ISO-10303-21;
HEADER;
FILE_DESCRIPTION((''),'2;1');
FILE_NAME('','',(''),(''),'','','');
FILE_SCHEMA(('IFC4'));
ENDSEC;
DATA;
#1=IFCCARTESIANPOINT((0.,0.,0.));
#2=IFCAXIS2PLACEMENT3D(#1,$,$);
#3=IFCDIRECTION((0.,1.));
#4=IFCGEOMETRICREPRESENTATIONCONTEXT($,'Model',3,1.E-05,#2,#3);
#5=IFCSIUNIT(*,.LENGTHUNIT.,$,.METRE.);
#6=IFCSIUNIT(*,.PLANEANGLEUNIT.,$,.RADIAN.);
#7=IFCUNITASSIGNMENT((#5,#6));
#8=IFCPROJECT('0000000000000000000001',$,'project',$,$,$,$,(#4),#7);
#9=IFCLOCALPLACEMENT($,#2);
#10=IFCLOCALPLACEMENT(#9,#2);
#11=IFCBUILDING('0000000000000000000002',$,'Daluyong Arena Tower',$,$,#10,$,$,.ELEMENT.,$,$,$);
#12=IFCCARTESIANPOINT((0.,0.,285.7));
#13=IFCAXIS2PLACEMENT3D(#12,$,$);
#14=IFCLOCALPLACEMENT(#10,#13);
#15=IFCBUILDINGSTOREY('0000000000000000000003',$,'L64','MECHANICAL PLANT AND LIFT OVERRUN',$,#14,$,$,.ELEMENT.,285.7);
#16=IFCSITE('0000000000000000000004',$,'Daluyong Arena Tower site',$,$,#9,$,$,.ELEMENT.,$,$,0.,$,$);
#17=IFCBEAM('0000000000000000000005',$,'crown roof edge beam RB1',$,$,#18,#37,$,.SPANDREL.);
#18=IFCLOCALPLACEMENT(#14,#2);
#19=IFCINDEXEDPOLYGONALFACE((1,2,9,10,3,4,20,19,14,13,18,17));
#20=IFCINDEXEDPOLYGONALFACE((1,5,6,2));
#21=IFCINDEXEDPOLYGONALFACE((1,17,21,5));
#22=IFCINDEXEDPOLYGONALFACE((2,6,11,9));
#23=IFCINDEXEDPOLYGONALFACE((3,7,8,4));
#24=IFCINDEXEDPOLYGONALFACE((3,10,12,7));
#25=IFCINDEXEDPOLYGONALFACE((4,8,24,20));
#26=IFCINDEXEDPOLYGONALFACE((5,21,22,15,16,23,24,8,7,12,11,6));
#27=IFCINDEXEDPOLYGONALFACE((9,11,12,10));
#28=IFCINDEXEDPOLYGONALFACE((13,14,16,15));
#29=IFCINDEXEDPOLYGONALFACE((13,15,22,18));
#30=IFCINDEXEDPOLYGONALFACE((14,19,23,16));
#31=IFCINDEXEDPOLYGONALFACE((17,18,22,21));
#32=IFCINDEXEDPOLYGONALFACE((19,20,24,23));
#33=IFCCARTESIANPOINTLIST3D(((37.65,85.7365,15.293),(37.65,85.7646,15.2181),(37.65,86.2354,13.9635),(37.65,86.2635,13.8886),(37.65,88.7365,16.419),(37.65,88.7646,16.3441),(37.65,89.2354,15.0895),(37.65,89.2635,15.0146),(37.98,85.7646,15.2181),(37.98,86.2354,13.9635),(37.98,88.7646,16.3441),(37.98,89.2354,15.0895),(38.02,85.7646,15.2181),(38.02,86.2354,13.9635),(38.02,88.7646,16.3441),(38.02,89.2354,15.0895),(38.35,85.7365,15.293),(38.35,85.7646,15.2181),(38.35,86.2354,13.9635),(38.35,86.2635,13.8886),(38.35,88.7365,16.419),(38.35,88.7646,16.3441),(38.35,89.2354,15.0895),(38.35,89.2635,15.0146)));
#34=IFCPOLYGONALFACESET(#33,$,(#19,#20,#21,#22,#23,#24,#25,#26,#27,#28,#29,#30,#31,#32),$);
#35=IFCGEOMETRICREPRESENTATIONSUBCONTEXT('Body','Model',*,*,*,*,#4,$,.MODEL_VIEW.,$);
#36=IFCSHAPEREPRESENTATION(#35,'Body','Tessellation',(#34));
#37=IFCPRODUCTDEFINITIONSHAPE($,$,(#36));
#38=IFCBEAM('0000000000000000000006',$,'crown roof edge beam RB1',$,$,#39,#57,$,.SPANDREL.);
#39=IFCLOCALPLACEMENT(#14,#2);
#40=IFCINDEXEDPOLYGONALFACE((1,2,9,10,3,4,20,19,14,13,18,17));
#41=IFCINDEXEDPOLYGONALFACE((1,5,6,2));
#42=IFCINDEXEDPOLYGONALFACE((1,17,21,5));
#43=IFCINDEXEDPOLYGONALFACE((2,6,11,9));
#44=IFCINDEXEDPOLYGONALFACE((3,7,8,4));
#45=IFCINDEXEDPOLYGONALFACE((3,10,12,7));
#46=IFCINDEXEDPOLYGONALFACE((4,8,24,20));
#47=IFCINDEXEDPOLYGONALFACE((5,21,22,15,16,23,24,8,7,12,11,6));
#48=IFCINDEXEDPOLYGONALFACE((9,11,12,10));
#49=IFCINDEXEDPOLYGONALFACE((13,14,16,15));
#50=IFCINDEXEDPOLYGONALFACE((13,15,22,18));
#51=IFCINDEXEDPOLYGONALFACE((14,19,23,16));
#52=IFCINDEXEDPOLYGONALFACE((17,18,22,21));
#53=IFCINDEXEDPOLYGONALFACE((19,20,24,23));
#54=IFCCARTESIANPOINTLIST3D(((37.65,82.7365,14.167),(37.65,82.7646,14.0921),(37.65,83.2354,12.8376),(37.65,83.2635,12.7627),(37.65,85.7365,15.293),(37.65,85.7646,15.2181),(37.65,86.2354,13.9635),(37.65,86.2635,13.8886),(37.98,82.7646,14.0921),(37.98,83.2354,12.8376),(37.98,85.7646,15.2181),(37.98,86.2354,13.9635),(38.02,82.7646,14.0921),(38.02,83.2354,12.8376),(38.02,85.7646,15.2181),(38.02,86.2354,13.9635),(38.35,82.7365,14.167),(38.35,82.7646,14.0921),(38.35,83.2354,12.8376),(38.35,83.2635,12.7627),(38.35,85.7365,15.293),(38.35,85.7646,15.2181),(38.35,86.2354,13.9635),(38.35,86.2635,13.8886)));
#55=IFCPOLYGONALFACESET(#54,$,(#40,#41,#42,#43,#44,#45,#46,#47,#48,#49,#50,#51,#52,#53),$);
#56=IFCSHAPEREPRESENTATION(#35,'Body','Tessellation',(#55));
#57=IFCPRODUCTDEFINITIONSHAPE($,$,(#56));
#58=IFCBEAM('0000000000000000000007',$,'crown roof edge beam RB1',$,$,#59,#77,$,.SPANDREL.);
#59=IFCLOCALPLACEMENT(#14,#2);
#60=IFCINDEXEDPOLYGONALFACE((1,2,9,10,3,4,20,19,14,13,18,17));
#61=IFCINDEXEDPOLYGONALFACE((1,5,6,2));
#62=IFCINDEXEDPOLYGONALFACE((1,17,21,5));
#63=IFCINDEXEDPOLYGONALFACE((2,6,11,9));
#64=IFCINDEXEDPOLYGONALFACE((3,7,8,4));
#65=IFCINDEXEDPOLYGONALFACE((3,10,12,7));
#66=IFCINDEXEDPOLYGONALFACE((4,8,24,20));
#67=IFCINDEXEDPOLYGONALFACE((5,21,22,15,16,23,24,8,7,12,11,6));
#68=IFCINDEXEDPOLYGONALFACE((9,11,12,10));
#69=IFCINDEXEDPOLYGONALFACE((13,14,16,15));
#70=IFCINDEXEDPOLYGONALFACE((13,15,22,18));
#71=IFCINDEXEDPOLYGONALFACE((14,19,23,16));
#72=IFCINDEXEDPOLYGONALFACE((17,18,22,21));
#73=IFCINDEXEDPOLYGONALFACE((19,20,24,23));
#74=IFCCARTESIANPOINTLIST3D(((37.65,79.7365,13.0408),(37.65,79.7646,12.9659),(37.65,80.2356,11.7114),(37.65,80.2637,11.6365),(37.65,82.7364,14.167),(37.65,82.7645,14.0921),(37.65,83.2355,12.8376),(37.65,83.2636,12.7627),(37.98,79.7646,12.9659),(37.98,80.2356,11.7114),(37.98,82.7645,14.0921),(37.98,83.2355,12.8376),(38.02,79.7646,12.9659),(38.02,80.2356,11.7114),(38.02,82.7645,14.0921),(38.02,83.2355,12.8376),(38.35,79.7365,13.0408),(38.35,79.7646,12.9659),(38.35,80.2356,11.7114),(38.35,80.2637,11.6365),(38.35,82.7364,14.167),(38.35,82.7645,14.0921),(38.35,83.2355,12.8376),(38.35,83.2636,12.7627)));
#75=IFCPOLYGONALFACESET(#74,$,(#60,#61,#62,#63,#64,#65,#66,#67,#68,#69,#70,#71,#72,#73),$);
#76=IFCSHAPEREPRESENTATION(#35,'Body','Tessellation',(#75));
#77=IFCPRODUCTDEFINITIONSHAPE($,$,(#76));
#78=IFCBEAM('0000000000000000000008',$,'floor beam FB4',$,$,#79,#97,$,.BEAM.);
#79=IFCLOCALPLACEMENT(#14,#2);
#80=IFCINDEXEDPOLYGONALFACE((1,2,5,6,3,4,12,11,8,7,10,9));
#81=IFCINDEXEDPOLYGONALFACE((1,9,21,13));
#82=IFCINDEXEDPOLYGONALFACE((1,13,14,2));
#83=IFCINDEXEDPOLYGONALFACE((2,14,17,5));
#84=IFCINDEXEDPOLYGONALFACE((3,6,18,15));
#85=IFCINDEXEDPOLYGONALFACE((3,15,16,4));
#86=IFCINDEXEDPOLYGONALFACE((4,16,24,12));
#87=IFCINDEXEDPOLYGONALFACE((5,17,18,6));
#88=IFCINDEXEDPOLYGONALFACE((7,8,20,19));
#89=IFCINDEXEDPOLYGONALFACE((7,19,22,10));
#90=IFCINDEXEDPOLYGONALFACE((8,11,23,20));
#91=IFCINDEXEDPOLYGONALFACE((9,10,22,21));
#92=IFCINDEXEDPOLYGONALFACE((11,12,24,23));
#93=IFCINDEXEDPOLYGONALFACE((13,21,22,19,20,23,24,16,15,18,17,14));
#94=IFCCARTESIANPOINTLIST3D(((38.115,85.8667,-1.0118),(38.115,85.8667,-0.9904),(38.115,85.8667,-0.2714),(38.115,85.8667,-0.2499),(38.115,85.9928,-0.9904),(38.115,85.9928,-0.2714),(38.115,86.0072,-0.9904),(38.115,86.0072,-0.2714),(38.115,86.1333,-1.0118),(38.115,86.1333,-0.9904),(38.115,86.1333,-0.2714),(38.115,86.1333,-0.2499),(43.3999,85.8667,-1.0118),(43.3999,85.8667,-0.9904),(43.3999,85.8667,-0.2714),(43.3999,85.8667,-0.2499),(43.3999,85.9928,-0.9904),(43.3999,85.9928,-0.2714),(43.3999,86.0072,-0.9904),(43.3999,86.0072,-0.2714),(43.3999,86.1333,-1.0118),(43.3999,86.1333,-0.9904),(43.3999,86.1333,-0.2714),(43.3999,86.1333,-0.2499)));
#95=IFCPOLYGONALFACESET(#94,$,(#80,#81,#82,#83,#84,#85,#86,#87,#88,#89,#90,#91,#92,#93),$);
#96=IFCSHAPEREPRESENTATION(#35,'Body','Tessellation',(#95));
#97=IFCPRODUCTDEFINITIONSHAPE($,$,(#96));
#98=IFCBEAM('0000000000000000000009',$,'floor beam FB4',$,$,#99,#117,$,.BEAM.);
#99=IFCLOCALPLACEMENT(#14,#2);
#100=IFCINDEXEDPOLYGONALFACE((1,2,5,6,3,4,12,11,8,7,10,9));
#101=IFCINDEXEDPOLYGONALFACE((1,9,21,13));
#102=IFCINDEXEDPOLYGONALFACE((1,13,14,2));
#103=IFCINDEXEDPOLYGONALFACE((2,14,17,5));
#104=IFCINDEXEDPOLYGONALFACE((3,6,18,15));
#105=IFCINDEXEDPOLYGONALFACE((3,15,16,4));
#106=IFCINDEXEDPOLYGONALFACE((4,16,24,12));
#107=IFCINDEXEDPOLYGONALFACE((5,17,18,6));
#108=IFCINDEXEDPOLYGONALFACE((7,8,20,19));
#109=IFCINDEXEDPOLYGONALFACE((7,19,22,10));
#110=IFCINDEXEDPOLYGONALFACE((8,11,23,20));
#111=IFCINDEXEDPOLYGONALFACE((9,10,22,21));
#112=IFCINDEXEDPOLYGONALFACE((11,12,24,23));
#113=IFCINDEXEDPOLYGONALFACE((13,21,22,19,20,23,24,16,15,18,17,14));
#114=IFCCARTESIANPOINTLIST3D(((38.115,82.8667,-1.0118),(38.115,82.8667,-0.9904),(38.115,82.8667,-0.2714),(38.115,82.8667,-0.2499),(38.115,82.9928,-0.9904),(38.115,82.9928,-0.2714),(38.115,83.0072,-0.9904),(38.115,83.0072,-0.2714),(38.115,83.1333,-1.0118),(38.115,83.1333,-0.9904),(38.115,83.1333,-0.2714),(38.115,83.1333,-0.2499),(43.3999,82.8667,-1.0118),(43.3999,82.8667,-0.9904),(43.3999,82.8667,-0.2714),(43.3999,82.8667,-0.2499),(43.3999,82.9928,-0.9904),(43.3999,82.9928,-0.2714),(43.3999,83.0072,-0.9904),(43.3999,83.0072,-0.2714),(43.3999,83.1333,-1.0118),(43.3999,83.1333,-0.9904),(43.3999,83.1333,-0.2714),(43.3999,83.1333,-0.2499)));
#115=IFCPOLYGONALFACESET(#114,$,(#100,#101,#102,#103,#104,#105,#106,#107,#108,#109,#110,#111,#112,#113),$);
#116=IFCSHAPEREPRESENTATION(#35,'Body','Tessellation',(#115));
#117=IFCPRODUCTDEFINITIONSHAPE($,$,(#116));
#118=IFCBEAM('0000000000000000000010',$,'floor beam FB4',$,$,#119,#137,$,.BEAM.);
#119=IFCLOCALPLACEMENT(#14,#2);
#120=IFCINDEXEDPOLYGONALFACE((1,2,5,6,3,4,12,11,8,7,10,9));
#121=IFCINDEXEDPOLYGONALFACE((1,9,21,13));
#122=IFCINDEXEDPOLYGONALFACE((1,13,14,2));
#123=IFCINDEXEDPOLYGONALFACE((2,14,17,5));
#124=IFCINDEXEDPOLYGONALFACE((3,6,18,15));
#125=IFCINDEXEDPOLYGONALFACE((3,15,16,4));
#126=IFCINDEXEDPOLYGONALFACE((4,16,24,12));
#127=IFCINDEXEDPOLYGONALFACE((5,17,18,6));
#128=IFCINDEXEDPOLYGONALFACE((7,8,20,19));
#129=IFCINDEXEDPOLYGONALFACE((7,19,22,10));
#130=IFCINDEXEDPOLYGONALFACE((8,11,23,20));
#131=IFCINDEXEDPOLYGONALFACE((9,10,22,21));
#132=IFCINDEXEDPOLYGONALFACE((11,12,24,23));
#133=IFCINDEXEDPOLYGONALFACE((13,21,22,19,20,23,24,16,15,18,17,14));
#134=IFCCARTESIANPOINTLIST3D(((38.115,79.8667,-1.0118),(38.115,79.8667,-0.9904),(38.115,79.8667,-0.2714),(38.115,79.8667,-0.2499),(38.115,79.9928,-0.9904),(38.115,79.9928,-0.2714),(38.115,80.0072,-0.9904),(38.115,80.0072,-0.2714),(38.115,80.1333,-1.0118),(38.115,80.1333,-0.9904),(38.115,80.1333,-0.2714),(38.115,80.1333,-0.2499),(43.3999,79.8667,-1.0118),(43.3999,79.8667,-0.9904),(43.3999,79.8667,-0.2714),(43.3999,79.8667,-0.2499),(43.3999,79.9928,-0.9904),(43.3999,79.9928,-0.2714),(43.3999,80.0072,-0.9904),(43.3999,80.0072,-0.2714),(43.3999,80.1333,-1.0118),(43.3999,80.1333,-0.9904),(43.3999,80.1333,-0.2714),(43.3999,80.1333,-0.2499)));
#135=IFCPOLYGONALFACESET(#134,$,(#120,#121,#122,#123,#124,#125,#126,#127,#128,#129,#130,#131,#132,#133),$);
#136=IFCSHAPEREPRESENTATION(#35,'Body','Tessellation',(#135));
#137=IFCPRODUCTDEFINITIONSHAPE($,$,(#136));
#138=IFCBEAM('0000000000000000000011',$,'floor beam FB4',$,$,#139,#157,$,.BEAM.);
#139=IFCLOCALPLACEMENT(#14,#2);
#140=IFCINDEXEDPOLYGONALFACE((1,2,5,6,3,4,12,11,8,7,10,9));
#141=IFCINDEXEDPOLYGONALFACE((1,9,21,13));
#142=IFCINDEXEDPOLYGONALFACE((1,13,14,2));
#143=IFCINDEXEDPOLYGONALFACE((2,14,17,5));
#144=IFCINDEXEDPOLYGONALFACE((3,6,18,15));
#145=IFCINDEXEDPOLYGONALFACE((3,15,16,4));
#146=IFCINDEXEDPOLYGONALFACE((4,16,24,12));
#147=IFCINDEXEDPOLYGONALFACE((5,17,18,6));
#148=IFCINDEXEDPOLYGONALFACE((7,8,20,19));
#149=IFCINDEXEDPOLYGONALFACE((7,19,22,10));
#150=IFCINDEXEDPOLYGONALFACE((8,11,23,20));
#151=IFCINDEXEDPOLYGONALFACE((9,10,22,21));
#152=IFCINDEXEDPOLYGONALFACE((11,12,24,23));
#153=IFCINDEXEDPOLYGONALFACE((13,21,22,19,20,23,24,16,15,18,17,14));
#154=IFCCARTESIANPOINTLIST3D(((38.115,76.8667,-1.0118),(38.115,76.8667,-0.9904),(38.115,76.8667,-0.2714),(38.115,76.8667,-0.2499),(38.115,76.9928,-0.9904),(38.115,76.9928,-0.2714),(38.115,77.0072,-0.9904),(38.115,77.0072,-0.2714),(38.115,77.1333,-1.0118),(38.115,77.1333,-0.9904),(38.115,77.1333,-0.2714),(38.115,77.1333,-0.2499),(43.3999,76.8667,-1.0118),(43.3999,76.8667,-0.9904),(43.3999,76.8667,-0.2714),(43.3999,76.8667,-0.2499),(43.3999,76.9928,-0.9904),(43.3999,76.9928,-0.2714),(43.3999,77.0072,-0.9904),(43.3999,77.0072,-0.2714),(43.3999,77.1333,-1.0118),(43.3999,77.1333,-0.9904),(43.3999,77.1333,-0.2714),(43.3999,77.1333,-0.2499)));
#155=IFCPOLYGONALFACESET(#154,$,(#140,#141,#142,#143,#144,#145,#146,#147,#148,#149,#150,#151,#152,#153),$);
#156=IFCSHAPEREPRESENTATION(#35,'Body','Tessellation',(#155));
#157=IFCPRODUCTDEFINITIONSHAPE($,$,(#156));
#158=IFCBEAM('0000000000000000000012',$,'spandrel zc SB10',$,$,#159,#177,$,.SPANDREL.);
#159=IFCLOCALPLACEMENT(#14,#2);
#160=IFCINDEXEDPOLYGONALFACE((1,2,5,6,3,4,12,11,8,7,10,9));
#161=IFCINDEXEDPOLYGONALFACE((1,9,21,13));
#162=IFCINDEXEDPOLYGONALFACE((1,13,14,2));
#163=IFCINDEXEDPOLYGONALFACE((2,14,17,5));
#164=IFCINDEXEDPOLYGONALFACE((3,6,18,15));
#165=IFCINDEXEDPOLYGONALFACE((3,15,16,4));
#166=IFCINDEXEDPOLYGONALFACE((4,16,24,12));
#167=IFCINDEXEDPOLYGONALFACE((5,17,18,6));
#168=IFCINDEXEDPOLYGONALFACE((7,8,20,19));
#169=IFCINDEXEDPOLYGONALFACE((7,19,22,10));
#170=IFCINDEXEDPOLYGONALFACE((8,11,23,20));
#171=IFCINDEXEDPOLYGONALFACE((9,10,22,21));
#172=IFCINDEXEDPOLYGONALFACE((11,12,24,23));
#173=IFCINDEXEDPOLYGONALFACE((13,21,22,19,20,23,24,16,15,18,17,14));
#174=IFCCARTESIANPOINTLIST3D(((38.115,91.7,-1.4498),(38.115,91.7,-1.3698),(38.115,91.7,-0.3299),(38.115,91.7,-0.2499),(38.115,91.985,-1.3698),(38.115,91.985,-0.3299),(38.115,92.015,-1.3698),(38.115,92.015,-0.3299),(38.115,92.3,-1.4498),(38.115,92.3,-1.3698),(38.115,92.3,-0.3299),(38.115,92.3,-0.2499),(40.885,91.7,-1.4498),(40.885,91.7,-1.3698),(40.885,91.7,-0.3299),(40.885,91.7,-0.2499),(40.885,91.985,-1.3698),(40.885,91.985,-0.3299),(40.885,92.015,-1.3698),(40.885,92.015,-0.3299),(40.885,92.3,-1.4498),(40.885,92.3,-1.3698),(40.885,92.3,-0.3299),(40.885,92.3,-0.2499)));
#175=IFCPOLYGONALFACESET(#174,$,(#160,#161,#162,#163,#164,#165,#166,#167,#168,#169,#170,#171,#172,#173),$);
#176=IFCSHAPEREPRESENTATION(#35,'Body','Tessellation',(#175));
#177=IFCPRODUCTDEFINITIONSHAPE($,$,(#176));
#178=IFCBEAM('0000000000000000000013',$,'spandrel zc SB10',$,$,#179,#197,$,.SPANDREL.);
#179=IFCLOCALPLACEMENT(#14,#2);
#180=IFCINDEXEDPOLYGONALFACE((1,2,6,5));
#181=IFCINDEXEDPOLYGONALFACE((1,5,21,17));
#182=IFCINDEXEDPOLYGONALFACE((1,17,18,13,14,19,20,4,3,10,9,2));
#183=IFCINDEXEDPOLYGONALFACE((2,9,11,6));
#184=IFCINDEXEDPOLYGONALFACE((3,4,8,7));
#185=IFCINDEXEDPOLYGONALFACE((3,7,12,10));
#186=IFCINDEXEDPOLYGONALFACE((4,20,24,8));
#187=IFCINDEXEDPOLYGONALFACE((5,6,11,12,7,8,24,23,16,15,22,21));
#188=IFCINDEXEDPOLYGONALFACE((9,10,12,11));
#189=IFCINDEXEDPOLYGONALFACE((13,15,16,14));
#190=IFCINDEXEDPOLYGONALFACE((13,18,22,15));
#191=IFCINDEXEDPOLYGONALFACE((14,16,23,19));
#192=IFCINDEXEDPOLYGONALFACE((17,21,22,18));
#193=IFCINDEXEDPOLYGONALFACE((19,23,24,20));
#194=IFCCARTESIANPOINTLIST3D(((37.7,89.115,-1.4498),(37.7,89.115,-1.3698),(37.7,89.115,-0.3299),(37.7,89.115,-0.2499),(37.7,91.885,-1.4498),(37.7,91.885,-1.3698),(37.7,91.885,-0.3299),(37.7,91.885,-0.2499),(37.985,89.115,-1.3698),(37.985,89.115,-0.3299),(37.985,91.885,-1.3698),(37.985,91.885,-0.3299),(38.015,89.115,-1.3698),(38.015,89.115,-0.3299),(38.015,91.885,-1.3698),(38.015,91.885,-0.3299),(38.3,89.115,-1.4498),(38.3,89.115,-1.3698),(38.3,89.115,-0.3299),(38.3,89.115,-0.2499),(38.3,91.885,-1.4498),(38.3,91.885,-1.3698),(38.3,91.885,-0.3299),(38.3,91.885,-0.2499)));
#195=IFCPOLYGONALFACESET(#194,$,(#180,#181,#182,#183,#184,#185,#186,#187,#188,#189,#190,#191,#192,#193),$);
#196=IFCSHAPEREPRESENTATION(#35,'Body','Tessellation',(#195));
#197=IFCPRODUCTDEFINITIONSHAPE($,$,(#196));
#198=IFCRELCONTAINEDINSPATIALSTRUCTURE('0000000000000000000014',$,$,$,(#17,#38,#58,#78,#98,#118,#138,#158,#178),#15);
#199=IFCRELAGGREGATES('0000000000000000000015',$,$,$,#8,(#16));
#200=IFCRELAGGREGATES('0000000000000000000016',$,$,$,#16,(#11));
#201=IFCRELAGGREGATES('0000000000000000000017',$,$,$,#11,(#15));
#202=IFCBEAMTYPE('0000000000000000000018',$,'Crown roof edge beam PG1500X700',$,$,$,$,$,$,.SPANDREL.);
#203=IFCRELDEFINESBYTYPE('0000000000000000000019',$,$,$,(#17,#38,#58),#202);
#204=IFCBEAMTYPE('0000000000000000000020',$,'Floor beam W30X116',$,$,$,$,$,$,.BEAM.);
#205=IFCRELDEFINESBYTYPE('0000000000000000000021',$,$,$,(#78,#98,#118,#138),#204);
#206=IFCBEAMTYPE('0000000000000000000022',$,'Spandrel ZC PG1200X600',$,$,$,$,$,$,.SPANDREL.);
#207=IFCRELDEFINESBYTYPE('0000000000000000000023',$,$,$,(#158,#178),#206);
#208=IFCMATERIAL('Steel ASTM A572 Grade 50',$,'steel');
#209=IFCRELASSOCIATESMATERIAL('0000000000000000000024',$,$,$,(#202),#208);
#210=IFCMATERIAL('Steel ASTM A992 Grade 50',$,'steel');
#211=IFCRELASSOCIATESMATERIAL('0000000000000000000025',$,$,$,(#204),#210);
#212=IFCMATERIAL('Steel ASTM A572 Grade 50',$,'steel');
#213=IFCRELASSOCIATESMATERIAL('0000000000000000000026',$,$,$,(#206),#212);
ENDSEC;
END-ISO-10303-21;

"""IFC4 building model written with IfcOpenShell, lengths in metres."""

from ifc_helpers import new_model, si_unit, direction, frame, origin, origin_2d, place, context, subcontext, project, spatial, i_section, extrude, material, material_profile, profile_set, type_object, element, save


model = new_model("IFC4")

# Units and contexts
model_context = context("Model", 3, precision=1e-05, world=origin(), true_north=direction((0.0, 1.0)))
body_context = subcontext(model_context, "Body", "Model", "MODEL_VIEW")
ifc_project = project(units=[si_unit("LENGTHUNIT", "METRE"), si_unit("PLANEANGLEUNIT", "RADIAN")], contexts=[model_context])

# Site, building, storey
site_placement = place(None, origin())
site = spatial("IfcSite", under=ifc_project, at=site_placement, Name="Daluyong Arena Tower site", CompositionType="ELEMENT", RefElevation=0.0)
building_placement = place(site_placement, origin())
building = spatial("IfcBuilding", under=site, at=building_placement, Name="Daluyong Arena Tower", CompositionType="ELEMENT")
storey_placement = place(building_placement, frame((0.0, 0.0, 285.7)))
storey = spatial("IfcBuildingStorey", under=building, at=storey_placement, Name="L64", Description="MECHANICAL PLANT AND LIFT OVERRUN", CompositionType="ELEMENT", Elevation=285.7)

# Beams
ifc_material_1 = material(Name="Steel ASTM A572 Grade 50", Category="steel")
ifc_material_profile_1 = material_profile(ifc_material_1, i_section(OverallWidth=0.7, OverallDepth=1.5, WebThickness=0.04, FlangeThickness=0.08, at=origin_2d()))
ifc_profile_set_1 = profile_set([ifc_material_profile_1], Name="Steel ASTM A572 Grade 50")
beam_type_1 = type_object("IfcBeamType", Name="Crown roof edge beam PG1500X700", PredefinedType="SPANDREL", material=ifc_profile_set_1)
for number, where, z_axis, x_axis, name in (
    (1, (38.0, 89.0, 15.7168), (0.0, -0.936229, -0.351391), (1.0, 0.0, 0.0), "crown roof edge beam RB1"),
    (2, (38.0, 86.0, 14.5908), (0.0, -0.936229, -0.351391), (1.0, 0.0, 0.0), "crown roof edge beam RB1"),
    (3, (38.0, 83.0, 13.4648), (0.0, -0.936204, -0.351457), (1.0, 0.0, 0.0), "crown roof edge beam RB1"),
):
    element("IfcBeam", number, at=place(storey_placement, frame(where, z_axis=z_axis, x_axis=x_axis)), inside=storey, type_object=beam_type_1, Name=name, PredefinedType="SPANDREL", context=body_context, shape_type="SweptSolid", body=[
        extrude(i_section(OverallWidth=0.7, OverallDepth=1.5, WebThickness=0.04, FlangeThickness=0.08, at=origin_2d()), origin(), (0.0, 0.0, 1.0), 3.2043),
    ])
ifc_material_2 = material(Name="Steel ASTM A992 Grade 50", Category="steel")
ifc_material_profile_2 = material_profile(ifc_material_2, i_section(OverallWidth=0.2666, OverallDepth=0.762, WebThickness=0.0144, FlangeThickness=0.0215, at=origin_2d()))
ifc_profile_set_2 = profile_set([ifc_material_profile_2], Name="Steel ASTM A992 Grade 50")
beam_type_2 = type_object("IfcBeamType", Name="Floor beam W30X116", PredefinedType="BEAM", material=ifc_profile_set_2)
for number, where, z_axis, x_axis, name in (
    (4, (38.115, 86.0, -0.6309), (1.0, 0.0, 0.0), (0.0, 1.0, 0.0), "floor beam FB4"),
    (5, (38.115, 83.0, -0.6309), (1.0, 0.0, 0.0), (0.0, 1.0, 0.0), "floor beam FB4"),
    (6, (38.115, 80.0, -0.6309), (1.0, 0.0, 0.0), (0.0, 1.0, 0.0), "floor beam FB4"),
    (7, (38.115, 77.0, -0.6309), (1.0, 0.0, 0.0), (0.0, 1.0, 0.0), "floor beam FB4"),
):
    element("IfcBeam", number, at=place(storey_placement, frame(where, z_axis=z_axis, x_axis=x_axis)), inside=storey, type_object=beam_type_2, Name=name, PredefinedType="BEAM", context=body_context, shape_type="SweptSolid", body=[
        extrude(i_section(OverallWidth=0.2666, OverallDepth=0.762, WebThickness=0.0144, FlangeThickness=0.0215, at=origin_2d()), origin(), (0.0, 0.0, 1.0), 5.2849),
    ])
ifc_material_3 = material(Name="Steel ASTM A572 Grade 50", Category="steel")
ifc_material_profile_3 = material_profile(ifc_material_3, i_section(OverallWidth=0.6001, OverallDepth=1.2, WebThickness=0.03, FlangeThickness=0.08, at=origin_2d()))
ifc_profile_set_3 = profile_set([ifc_material_profile_3], Name="Steel ASTM A572 Grade 50")
beam_type_3 = type_object("IfcBeamType", Name="Spandrel ZC PG1200X600", PredefinedType="SPANDREL", material=ifc_profile_set_3)
for number, where, z_axis, x_axis, name in (
    (8, (40.885, 92.0, -0.8499), (-1.0, 0.0, 0.0), (0.0, -1.0, 0.0), "spandrel zc SB10"),
    (9, (38.0, 91.885, -0.8499), (0.0, -1.0, 0.0), (1.0, 0.0, 0.0), "spandrel zc SB10"),
):
    element("IfcBeam", number, at=place(storey_placement, frame(where, z_axis=z_axis, x_axis=x_axis)), inside=storey, type_object=beam_type_3, Name=name, PredefinedType="SPANDREL", context=body_context, shape_type="SweptSolid", body=[
        extrude(i_section(OverallWidth=0.6001, OverallDepth=1.2, WebThickness=0.03, FlangeThickness=0.08, at=origin_2d()), origin(), (0.0, 0.0, 1.0), 2.77),
    ])

save(model, "model.ifc")
